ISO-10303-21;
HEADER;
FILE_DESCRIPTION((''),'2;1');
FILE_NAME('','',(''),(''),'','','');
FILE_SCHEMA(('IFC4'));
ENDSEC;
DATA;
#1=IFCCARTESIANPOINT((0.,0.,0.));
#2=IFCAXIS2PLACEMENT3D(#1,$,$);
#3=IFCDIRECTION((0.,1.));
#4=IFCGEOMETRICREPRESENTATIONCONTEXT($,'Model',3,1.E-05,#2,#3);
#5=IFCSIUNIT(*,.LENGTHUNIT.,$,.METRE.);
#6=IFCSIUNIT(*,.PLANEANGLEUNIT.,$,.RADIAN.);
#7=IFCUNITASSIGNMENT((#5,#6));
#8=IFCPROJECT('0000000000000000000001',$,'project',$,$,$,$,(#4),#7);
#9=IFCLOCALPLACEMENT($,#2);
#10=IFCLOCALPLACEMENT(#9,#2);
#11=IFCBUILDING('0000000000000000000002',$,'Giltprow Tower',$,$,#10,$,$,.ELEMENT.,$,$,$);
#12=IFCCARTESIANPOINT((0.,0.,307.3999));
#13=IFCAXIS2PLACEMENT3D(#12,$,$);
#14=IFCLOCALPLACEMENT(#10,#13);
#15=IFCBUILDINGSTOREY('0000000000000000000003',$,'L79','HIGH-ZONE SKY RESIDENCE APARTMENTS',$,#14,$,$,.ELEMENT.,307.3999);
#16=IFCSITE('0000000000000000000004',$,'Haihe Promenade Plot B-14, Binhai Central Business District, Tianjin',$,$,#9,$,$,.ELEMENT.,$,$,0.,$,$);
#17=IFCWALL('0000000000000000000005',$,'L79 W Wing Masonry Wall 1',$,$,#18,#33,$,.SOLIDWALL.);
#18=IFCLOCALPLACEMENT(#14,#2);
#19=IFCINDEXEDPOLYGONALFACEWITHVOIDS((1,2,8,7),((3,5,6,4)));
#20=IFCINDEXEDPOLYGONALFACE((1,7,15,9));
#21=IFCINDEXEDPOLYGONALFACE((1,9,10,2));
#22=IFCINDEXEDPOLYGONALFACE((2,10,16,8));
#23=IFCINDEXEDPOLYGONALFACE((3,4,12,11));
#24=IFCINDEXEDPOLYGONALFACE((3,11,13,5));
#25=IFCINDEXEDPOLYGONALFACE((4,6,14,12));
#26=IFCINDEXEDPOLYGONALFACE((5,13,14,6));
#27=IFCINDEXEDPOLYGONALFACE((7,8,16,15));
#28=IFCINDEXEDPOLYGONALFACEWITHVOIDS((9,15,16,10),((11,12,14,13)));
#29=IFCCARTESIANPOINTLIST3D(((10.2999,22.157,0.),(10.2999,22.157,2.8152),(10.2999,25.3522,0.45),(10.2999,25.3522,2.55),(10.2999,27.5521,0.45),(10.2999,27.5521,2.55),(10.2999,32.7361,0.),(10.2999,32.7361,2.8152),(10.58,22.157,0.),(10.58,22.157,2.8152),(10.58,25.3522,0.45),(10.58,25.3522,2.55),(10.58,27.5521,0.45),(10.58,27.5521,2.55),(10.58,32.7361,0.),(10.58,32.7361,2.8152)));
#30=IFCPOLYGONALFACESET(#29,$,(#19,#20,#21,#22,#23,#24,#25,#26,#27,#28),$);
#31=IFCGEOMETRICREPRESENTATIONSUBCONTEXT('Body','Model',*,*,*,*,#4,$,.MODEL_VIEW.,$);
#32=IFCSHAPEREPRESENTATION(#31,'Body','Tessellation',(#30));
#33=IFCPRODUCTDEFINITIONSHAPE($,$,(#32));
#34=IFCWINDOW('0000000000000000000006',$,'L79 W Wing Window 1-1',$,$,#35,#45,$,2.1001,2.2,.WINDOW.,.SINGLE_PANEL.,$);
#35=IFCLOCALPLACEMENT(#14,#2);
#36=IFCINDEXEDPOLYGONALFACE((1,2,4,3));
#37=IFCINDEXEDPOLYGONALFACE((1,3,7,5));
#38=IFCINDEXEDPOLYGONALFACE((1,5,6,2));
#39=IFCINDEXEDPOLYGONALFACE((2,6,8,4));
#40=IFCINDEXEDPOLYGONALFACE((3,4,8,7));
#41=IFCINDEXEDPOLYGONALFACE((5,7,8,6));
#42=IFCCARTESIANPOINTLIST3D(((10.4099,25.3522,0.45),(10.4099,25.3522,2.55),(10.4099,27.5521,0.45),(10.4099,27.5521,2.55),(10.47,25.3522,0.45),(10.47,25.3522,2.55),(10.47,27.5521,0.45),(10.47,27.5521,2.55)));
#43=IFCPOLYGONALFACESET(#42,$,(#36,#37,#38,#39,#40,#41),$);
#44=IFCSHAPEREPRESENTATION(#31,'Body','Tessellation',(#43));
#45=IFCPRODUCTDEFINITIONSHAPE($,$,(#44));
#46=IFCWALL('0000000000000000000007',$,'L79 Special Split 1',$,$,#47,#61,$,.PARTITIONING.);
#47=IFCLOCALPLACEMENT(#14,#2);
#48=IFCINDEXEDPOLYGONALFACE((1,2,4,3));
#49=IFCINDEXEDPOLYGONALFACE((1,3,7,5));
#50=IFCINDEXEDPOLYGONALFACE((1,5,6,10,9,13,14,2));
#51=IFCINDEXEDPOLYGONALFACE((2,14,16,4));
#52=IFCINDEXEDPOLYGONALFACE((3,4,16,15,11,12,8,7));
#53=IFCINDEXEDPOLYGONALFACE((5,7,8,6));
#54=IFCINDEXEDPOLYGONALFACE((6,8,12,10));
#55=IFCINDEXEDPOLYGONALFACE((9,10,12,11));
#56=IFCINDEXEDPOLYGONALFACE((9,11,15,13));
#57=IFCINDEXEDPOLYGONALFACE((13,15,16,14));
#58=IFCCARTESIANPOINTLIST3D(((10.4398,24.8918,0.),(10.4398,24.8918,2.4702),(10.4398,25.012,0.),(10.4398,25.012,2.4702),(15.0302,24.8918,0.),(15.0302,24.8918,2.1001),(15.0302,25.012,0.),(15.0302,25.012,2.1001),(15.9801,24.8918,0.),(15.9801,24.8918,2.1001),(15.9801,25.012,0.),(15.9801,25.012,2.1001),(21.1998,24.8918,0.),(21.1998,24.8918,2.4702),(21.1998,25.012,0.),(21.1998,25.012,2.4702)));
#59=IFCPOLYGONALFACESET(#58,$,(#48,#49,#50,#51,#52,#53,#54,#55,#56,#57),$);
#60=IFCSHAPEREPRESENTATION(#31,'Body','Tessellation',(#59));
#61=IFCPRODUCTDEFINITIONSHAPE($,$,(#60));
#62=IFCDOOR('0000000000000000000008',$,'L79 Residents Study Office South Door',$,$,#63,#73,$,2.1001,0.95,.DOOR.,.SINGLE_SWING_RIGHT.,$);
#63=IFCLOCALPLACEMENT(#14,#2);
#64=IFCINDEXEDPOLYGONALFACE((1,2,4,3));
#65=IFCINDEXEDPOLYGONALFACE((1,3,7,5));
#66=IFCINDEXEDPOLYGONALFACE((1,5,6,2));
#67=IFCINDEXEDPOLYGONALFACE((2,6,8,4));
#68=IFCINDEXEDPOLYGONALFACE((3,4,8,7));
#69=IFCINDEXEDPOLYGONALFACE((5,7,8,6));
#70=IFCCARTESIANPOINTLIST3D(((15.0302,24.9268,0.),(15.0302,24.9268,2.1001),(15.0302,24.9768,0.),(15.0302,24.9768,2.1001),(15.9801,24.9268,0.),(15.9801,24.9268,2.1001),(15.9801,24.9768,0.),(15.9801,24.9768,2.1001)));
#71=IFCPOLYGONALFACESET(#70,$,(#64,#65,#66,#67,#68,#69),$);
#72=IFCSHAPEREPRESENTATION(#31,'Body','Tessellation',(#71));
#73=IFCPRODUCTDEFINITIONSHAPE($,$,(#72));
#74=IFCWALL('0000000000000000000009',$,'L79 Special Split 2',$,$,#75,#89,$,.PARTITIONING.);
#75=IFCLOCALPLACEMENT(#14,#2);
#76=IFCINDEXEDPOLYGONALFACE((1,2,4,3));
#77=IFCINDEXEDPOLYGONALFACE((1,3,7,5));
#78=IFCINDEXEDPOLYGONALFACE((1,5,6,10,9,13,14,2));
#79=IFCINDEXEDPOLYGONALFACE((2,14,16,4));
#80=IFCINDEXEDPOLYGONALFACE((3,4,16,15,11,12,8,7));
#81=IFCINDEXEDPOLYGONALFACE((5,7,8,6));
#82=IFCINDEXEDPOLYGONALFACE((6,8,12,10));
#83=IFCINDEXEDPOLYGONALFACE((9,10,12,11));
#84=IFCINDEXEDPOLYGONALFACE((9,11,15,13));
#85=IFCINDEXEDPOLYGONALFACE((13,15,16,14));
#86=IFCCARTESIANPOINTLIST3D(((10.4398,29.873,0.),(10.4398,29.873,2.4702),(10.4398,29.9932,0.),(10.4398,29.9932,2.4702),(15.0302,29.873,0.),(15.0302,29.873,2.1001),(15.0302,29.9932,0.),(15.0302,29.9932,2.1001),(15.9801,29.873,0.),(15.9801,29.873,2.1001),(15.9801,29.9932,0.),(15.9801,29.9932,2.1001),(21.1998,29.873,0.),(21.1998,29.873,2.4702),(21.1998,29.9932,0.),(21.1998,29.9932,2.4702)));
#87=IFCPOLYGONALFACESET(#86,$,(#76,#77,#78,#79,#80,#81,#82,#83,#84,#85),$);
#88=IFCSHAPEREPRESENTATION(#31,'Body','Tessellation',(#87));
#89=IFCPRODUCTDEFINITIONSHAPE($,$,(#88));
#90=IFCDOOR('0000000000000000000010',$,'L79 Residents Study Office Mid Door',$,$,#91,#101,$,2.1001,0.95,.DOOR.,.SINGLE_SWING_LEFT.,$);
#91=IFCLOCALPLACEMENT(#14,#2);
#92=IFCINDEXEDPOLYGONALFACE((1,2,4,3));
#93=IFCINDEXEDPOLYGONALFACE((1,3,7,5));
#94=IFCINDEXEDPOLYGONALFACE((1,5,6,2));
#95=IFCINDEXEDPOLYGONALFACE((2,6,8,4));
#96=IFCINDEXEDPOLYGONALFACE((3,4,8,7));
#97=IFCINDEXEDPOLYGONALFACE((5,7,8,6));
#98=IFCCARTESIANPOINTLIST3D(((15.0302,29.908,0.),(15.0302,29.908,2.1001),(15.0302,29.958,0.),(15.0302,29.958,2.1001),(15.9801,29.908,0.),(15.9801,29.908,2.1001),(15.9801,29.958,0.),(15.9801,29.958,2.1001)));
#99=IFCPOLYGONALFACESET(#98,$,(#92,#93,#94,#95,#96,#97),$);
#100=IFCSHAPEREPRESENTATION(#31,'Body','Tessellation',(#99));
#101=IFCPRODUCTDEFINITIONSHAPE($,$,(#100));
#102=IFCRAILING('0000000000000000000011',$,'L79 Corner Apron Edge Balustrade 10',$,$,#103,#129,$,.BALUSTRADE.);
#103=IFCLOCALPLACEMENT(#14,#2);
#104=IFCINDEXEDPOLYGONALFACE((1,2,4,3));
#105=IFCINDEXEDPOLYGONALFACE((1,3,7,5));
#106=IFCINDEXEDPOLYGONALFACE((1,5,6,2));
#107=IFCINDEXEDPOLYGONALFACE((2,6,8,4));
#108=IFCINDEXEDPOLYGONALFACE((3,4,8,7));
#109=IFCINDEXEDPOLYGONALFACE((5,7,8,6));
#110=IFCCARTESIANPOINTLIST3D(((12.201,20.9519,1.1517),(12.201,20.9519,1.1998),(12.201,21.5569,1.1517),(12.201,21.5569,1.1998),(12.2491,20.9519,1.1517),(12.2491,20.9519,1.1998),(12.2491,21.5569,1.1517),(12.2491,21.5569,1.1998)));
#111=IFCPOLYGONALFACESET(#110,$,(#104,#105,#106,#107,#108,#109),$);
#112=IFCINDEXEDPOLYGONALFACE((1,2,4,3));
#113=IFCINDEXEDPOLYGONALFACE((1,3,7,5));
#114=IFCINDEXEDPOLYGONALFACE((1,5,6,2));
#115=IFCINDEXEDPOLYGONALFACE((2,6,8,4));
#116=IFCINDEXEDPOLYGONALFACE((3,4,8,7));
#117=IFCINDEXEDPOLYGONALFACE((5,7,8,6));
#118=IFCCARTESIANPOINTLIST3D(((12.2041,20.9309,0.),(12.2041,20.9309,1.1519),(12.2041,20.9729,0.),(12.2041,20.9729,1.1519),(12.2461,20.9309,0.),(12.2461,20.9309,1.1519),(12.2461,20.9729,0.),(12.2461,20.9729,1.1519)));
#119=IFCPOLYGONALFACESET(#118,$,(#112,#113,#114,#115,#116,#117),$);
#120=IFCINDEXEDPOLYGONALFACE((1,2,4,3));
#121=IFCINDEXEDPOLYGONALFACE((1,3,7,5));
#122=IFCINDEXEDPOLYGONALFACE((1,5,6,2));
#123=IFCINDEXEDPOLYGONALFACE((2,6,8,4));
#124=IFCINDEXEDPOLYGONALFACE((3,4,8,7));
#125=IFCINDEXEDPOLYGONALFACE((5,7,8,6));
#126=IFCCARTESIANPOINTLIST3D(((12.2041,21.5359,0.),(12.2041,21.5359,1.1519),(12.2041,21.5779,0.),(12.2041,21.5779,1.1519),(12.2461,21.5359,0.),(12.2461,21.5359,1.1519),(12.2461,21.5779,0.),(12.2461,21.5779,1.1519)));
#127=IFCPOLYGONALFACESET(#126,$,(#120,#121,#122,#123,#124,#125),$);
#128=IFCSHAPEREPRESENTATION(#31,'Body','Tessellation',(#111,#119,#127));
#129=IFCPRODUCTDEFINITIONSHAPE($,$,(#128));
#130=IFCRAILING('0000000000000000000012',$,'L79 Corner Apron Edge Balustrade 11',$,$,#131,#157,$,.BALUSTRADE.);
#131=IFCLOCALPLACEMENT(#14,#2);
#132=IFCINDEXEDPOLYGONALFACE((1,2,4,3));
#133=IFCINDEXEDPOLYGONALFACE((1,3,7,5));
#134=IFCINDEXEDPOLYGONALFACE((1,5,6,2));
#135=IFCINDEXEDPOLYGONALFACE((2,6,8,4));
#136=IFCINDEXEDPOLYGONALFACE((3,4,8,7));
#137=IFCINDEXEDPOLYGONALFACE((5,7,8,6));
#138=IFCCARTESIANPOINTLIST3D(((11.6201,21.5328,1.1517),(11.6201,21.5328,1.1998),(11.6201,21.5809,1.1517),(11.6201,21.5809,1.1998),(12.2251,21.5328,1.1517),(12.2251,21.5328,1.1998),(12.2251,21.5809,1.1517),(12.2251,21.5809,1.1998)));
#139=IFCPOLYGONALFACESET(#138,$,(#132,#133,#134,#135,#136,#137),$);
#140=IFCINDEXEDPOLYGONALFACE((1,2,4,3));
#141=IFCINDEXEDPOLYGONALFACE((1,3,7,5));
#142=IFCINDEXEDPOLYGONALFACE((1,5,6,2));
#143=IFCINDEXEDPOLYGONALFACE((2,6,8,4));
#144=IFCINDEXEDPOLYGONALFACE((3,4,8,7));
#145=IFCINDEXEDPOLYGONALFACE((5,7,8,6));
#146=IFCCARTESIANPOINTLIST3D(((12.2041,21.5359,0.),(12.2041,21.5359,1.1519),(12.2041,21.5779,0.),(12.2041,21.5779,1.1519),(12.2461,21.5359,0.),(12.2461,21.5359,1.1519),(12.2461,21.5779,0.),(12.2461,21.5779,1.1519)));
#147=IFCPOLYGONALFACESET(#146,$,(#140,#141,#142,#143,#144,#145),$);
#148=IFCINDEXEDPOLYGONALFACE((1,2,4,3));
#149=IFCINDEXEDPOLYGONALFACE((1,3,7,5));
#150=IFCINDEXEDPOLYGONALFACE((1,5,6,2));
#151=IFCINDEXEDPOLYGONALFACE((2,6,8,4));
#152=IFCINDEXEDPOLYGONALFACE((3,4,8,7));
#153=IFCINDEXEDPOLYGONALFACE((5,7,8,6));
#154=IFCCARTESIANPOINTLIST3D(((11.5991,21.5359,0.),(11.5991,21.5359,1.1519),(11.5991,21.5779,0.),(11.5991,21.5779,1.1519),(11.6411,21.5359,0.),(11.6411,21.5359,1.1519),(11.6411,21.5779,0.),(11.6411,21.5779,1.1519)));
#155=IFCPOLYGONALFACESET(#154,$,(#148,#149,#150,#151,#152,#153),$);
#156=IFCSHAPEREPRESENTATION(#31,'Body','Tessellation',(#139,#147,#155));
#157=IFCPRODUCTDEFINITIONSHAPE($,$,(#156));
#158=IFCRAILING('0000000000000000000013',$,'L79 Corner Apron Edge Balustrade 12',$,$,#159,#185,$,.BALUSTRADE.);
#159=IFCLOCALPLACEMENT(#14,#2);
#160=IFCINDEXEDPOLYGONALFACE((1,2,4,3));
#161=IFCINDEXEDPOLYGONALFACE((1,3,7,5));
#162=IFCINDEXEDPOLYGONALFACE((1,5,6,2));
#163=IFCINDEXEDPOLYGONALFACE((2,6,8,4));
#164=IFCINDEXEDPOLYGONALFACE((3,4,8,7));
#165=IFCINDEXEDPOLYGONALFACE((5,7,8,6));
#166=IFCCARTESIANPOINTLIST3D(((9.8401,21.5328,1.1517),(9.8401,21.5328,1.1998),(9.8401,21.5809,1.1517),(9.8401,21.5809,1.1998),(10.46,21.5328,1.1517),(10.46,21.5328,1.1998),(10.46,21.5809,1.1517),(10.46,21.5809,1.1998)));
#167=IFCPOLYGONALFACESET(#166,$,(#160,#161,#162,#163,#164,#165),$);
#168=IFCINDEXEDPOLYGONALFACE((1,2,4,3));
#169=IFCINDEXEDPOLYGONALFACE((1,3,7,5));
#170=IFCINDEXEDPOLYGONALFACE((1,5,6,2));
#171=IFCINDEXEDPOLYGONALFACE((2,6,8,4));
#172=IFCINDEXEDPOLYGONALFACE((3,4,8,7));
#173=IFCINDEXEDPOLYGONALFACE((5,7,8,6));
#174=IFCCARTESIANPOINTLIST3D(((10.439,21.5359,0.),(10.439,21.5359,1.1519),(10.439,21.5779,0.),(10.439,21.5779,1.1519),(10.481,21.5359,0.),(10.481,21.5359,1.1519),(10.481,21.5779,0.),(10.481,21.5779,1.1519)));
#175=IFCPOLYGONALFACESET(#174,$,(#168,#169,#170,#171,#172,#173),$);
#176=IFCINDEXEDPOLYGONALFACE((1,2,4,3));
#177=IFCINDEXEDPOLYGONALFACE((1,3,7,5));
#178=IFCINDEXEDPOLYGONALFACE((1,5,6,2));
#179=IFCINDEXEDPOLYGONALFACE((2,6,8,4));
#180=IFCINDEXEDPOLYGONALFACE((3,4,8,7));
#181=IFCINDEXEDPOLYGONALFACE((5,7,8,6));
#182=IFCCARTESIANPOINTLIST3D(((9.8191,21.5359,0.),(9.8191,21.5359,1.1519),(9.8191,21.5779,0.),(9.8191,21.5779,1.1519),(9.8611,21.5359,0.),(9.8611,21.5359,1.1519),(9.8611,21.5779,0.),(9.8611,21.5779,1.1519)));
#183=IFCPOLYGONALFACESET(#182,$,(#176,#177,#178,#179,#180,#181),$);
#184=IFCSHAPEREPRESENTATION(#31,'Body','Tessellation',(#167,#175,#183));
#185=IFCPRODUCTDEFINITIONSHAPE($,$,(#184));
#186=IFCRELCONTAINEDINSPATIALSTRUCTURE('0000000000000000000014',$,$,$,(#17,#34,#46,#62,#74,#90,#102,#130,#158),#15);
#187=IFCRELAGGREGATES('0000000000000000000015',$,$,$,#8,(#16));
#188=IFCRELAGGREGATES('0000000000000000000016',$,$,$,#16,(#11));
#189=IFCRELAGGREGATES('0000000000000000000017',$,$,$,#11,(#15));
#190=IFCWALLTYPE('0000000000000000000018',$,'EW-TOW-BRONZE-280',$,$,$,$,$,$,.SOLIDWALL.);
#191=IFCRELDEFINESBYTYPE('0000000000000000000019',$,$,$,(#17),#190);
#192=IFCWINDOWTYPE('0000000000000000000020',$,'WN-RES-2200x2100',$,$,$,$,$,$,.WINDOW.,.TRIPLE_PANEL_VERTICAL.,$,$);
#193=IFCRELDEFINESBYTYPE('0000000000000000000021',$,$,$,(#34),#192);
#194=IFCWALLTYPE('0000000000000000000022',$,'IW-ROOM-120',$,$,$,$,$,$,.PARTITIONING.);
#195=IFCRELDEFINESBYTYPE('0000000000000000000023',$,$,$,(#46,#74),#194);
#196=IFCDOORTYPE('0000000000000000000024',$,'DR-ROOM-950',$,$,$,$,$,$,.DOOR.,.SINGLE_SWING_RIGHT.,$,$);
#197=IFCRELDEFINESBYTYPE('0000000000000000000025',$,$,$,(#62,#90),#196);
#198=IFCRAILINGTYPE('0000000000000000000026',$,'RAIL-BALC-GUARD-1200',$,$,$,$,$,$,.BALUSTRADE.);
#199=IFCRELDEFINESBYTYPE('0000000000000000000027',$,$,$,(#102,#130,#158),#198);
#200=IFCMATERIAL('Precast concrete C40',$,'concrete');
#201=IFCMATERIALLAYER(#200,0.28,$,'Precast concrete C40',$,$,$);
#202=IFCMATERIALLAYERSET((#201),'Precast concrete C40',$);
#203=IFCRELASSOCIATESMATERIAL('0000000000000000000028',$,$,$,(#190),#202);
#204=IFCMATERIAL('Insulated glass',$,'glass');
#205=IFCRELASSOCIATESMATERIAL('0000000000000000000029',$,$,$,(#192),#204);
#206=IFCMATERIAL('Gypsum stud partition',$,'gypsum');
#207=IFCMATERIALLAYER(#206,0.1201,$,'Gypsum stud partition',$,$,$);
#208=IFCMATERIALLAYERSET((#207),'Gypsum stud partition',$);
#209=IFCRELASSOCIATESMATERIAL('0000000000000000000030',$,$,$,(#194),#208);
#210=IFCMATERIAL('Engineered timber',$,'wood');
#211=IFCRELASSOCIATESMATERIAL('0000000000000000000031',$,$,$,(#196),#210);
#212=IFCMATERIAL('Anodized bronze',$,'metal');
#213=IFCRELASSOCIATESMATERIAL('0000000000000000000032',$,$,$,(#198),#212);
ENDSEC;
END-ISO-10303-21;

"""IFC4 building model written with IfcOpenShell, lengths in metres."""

from ifc_helpers import new_model, si_unit, direction, frame, frame_2d, origin, origin_2d, place, context, subcontext, project, spatial, rectangle, extrude, source, transform, mapped, material, layer, layer_set, type_object, element, fill, save


model = new_model("IFC4")

# Units and contexts
model_context = context("Model", 3, precision=1e-05, world=origin(), true_north=direction((0.0, 1.0)))
body_context = subcontext(model_context, "Body", "Model", "MODEL_VIEW")
ifc_project = project(units=[si_unit("LENGTHUNIT", "METRE"), si_unit("PLANEANGLEUNIT", "RADIAN")], contexts=[model_context])

# Site, building, storey
site_placement = place(None, origin())
site = spatial("IfcSite", under=ifc_project, at=site_placement, Name="Haihe Promenade Plot B-14, Binhai Central Business District, Tianjin", CompositionType="ELEMENT", RefElevation=0.0)
building_placement = place(site_placement, origin())
building = spatial("IfcBuilding", under=site, at=building_placement, Name="Giltprow Tower", CompositionType="ELEMENT")
storey_placement = place(building_placement, frame((0.0, 0.0, 307.3999)))
storey = spatial("IfcBuildingStorey", under=building, at=storey_placement, Name="L79", Description="HIGH-ZONE SKY RESIDENCE APARTMENTS", CompositionType="ELEMENT", Elevation=307.3999)

# Wall, opening, window
ifc_material_1 = material(Name="Precast concrete C40", Category="concrete")
ifc_material_2 = material(Name="Insulated glass", Category="glass")
ifc_layer_1 = layer(ifc_material_1, 0.28, Name="Precast concrete C40")
ifc_layer_set_1 = layer_set([ifc_layer_1], Name="Precast concrete C40")
wall_type_1 = type_object("IfcWallType", Name="EW-TOW-BRONZE-280", PredefinedType="SOLIDWALL", material=ifc_layer_set_1)
wall_1_placement = place(storey_placement, frame((10.4399, 22.157, 0.0), z_axis=(0.0, 0.0, 1.0), x_axis=(0.0, 1.0, 0.0)))
wall_1 = element("IfcWall", 1, at=wall_1_placement, inside=storey, type_object=wall_type_1, Name="L79 W Wing Masonry Wall 1", PredefinedType="SOLIDWALL", context=body_context, shape_type="SweptSolid", body=[
    extrude(rectangle(XDim=10.5791, YDim=0.28, at=frame_2d((5.2896, 0.0))), origin(), (0.0, 0.0, 1.0), 2.8152),
])
opening_1_placement = place(wall_1_placement, frame((3.1951, 0.0, 0.45)))
opening_1 = element("IfcOpeningElement", 2, at=opening_1_placement, cuts=wall_1, PredefinedType="OPENING", context=body_context, shape_type="SweptSolid", body=[
    extrude(rectangle(XDim=2.2, YDim=2.1001, at=frame_2d((1.1001, 1.05))), frame((0.0, 0.1499, 0.0), z_axis=(0.0, -1.0, 0.0), x_axis=(1.0, 0.0, 0.0)), (0.0, 0.0, 1.0), 0.3),
])
window_type_1 = type_object("IfcWindowType", Name="WN-RES-2200x2100", PartitioningType="TRIPLE_PANEL_VERTICAL", PredefinedType="WINDOW", material=ifc_material_2)
shared_shape_1 = source(origin(), body_context, "Body", "SweptSolid", [
    extrude(rectangle(XDim=2.2, YDim=2.1001, at=frame_2d((1.1001, 1.05))), frame((0.0, 0.03, 0.0), z_axis=(0.0, -1.0, 0.0), x_axis=(1.0, 0.0, 0.0)), (0.0, 0.0, 1.0), 0.0601),
])
window_1_placement = place(opening_1_placement, origin())
window_1 = element("IfcWindow", 3, at=window_1_placement, inside=storey, type_object=window_type_1, Name="L79 W Wing Window 1-1", OverallHeight=2.1001, OverallWidth=2.2, PartitioningType="SINGLE_PANEL", PredefinedType="WINDOW", context=body_context, shape_type="MappedRepresentation", body=[
    mapped(shared_shape_1, transform((0.0, 0.0, 0.0), x_axis=(1.0, 0.0, 0.0), y_axis=(0.0, 1.0, 0.0), z_axis=(0.0, 0.0, 1.0), scale=1.0)),
])
fill(opening_1, window_1)

# Walls, openings, doors
ifc_material_3 = material(Name="Gypsum stud partition", Category="gypsum")
ifc_layer_2 = layer(ifc_material_3, 0.1201, Name="Gypsum stud partition")
ifc_layer_set_2 = layer_set([ifc_layer_2], Name="Gypsum stud partition")
wall_type_2 = type_object("IfcWallType", Name="IW-ROOM-120", PredefinedType="PARTITIONING", material=ifc_layer_set_2)
wall_2_placement = place(storey_placement, frame((10.4399, 24.9519, 0.0), z_axis=(0.0, 0.0, 1.0), x_axis=(1.0, 0.0, 0.0)))
wall_2 = element("IfcWall", 4, at=wall_2_placement, inside=storey, type_object=wall_type_2, Name="L79 Special Split 1", PredefinedType="PARTITIONING", context=body_context, shape_type="SweptSolid", body=[
    extrude(rectangle(XDim=10.76, YDim=0.1201, at=frame_2d((5.3799, 0.0))), origin(), (0.0, 0.0, 1.0), 2.4702),
])
opening_2_placement = place(wall_2_placement, frame((4.5901, 0.0, 0.0)))
opening_2 = element("IfcOpeningElement", 5, at=opening_2_placement, cuts=wall_2, PredefinedType="OPENING", context=body_context, shape_type="SweptSolid", body=[
    extrude(rectangle(XDim=0.95, YDim=2.1001, at=frame_2d((0.4751, 1.05))), frame((0.0, 0.0701, 0.0), z_axis=(0.0, -1.0, 0.0), x_axis=(1.0, 0.0, 0.0)), (0.0, 0.0, 1.0), 0.1401),
])
ifc_material_4 = material(Name="Engineered timber", Category="wood")
door_type = type_object("IfcDoorType", Name="DR-ROOM-950", OperationType="SINGLE_SWING_RIGHT", PredefinedType="DOOR", material=ifc_material_4)
shared_shape_2 = source(origin(), body_context, "Body", "SweptSolid", [
    extrude(rectangle(XDim=0.95, YDim=2.1001, at=frame_2d((0.4751, 1.05))), frame((0.0, 0.0249, 0.0), z_axis=(0.0, -1.0, 0.0), x_axis=(1.0, 0.0, 0.0)), (0.0, 0.0, 1.0), 0.05),
])
door_1_placement = place(opening_2_placement, origin())
door_1 = element("IfcDoor", 6, at=door_1_placement, inside=storey, type_object=door_type, Name="L79 Residents Study Office South Door", OperationType="SINGLE_SWING_RIGHT", OverallHeight=2.1001, OverallWidth=0.95, PredefinedType="DOOR", context=body_context, shape_type="MappedRepresentation", body=[
    mapped(shared_shape_2, transform((0.0, 0.0, 0.0), x_axis=(1.0, 0.0, 0.0), y_axis=(0.0, 1.0, 0.0), z_axis=(0.0, 0.0, 1.0), scale=1.0)),
])
fill(opening_2, door_1)
wall_3_placement = place(storey_placement, frame((10.4399, 29.9331, 0.0), z_axis=(0.0, 0.0, 1.0), x_axis=(1.0, 0.0, 0.0)))
wall_3 = element("IfcWall", 7, at=wall_3_placement, inside=storey, type_object=wall_type_2, Name="L79 Special Split 2", PredefinedType="PARTITIONING", context=body_context, shape_type="SweptSolid", body=[
    extrude(rectangle(XDim=10.76, YDim=0.1201, at=frame_2d((5.3799, 0.0))), origin(), (0.0, 0.0, 1.0), 2.4702),
])
opening_3_placement = place(wall_3_placement, frame((4.5901, 0.0, 0.0)))
opening_3 = element("IfcOpeningElement", 8, at=opening_3_placement, cuts=wall_3, PredefinedType="OPENING", context=body_context, shape_type="SweptSolid", body=[
    extrude(rectangle(XDim=0.95, YDim=2.1001, at=frame_2d((0.4751, 1.05))), frame((0.0, 0.0701, 0.0), z_axis=(0.0, -1.0, 0.0), x_axis=(1.0, 0.0, 0.0)), (0.0, 0.0, 1.0), 0.1401),
])
door_2_placement = place(opening_3_placement, origin())
door_2 = element("IfcDoor", 9, at=door_2_placement, inside=storey, type_object=door_type, Name="L79 Residents Study Office Mid Door", OperationType="SINGLE_SWING_LEFT", OverallHeight=2.1001, OverallWidth=0.95, PredefinedType="DOOR", context=body_context, shape_type="MappedRepresentation", body=[
    mapped(shared_shape_2, transform((0.0, 0.0, 0.0), x_axis=(1.0, 0.0, 0.0), y_axis=(0.0, 1.0, 0.0), z_axis=(0.0, 0.0, 1.0), scale=1.0)),
])
fill(opening_3, door_2)

# Railings
ifc_material_5 = material(Name="Anodized bronze", Category="metal")
railing_type = type_object("IfcRailingType", Name="RAIL-BALC-GUARD-1200", PredefinedType="BALUSTRADE", material=ifc_material_5)
railing_1_placement = place(storey_placement, frame((12.2251, 20.9519, 0.0)))
element("IfcRailing", 10, at=railing_1_placement, inside=storey, type_object=railing_type, Name="L79 Corner Apron Edge Balustrade 10", PredefinedType="BALUSTRADE", context=body_context, shape_type="SweptSolid", body=[
    extrude(rectangle(XDim=0.0481, YDim=0.0481, at=origin_2d()), frame((0.0, 0.0, 1.1758), z_axis=(0.0, 1.0, 0.0), x_axis=(-1.0, 0.0, 0.0)), (0.0, 0.0, 1.0), 0.605),
    extrude(rectangle(XDim=0.042, YDim=0.042, at=origin_2d()), origin(), (0.0, 0.0, 1.0), 1.1519),
    extrude(rectangle(XDim=0.042, YDim=0.042, at=origin_2d()), frame((0.0, 0.605, 0.0)), (0.0, 0.0, 1.0), 1.1519),
])
railing_2_placement = place(storey_placement, frame((12.2251, 21.5569, 0.0)))
element("IfcRailing", 11, at=railing_2_placement, inside=storey, type_object=railing_type, Name="L79 Corner Apron Edge Balustrade 11", PredefinedType="BALUSTRADE", context=body_context, shape_type="SweptSolid", body=[
    extrude(rectangle(XDim=0.0481, YDim=0.0481, at=origin_2d()), frame((0.0, 0.0, 1.1758), z_axis=(-1.0, 0.0, 0.0), x_axis=(0.0, -1.0, 0.0)), (0.0, 0.0, 1.0), 0.605),
    extrude(rectangle(XDim=0.042, YDim=0.042, at=origin_2d()), origin(), (0.0, 0.0, 1.0), 1.1519),
    extrude(rectangle(XDim=0.042, YDim=0.042, at=origin_2d()), frame((-0.605, 0.0, 0.0)), (0.0, 0.0, 1.0), 1.1519),
])
railing_3_placement = place(storey_placement, frame((10.46, 21.5569, 0.0)))
element("IfcRailing", 12, at=railing_3_placement, inside=storey, type_object=railing_type, Name="L79 Corner Apron Edge Balustrade 12", PredefinedType="BALUSTRADE", context=body_context, shape_type="SweptSolid", body=[
    extrude(rectangle(XDim=0.0481, YDim=0.0481, at=origin_2d()), frame((0.0, 0.0, 1.1758), z_axis=(-1.0, 0.0, 0.0), x_axis=(0.0, -1.0, 0.0)), (0.0, 0.0, 1.0), 0.6199),
    extrude(rectangle(XDim=0.042, YDim=0.042, at=origin_2d()), origin(), (0.0, 0.0, 1.0), 1.1519),
    extrude(rectangle(XDim=0.042, YDim=0.042, at=origin_2d()), frame((-0.6199, 0.0, 0.0)), (0.0, 0.0, 1.0), 1.1519),
])

save(model, "model.ifc")
